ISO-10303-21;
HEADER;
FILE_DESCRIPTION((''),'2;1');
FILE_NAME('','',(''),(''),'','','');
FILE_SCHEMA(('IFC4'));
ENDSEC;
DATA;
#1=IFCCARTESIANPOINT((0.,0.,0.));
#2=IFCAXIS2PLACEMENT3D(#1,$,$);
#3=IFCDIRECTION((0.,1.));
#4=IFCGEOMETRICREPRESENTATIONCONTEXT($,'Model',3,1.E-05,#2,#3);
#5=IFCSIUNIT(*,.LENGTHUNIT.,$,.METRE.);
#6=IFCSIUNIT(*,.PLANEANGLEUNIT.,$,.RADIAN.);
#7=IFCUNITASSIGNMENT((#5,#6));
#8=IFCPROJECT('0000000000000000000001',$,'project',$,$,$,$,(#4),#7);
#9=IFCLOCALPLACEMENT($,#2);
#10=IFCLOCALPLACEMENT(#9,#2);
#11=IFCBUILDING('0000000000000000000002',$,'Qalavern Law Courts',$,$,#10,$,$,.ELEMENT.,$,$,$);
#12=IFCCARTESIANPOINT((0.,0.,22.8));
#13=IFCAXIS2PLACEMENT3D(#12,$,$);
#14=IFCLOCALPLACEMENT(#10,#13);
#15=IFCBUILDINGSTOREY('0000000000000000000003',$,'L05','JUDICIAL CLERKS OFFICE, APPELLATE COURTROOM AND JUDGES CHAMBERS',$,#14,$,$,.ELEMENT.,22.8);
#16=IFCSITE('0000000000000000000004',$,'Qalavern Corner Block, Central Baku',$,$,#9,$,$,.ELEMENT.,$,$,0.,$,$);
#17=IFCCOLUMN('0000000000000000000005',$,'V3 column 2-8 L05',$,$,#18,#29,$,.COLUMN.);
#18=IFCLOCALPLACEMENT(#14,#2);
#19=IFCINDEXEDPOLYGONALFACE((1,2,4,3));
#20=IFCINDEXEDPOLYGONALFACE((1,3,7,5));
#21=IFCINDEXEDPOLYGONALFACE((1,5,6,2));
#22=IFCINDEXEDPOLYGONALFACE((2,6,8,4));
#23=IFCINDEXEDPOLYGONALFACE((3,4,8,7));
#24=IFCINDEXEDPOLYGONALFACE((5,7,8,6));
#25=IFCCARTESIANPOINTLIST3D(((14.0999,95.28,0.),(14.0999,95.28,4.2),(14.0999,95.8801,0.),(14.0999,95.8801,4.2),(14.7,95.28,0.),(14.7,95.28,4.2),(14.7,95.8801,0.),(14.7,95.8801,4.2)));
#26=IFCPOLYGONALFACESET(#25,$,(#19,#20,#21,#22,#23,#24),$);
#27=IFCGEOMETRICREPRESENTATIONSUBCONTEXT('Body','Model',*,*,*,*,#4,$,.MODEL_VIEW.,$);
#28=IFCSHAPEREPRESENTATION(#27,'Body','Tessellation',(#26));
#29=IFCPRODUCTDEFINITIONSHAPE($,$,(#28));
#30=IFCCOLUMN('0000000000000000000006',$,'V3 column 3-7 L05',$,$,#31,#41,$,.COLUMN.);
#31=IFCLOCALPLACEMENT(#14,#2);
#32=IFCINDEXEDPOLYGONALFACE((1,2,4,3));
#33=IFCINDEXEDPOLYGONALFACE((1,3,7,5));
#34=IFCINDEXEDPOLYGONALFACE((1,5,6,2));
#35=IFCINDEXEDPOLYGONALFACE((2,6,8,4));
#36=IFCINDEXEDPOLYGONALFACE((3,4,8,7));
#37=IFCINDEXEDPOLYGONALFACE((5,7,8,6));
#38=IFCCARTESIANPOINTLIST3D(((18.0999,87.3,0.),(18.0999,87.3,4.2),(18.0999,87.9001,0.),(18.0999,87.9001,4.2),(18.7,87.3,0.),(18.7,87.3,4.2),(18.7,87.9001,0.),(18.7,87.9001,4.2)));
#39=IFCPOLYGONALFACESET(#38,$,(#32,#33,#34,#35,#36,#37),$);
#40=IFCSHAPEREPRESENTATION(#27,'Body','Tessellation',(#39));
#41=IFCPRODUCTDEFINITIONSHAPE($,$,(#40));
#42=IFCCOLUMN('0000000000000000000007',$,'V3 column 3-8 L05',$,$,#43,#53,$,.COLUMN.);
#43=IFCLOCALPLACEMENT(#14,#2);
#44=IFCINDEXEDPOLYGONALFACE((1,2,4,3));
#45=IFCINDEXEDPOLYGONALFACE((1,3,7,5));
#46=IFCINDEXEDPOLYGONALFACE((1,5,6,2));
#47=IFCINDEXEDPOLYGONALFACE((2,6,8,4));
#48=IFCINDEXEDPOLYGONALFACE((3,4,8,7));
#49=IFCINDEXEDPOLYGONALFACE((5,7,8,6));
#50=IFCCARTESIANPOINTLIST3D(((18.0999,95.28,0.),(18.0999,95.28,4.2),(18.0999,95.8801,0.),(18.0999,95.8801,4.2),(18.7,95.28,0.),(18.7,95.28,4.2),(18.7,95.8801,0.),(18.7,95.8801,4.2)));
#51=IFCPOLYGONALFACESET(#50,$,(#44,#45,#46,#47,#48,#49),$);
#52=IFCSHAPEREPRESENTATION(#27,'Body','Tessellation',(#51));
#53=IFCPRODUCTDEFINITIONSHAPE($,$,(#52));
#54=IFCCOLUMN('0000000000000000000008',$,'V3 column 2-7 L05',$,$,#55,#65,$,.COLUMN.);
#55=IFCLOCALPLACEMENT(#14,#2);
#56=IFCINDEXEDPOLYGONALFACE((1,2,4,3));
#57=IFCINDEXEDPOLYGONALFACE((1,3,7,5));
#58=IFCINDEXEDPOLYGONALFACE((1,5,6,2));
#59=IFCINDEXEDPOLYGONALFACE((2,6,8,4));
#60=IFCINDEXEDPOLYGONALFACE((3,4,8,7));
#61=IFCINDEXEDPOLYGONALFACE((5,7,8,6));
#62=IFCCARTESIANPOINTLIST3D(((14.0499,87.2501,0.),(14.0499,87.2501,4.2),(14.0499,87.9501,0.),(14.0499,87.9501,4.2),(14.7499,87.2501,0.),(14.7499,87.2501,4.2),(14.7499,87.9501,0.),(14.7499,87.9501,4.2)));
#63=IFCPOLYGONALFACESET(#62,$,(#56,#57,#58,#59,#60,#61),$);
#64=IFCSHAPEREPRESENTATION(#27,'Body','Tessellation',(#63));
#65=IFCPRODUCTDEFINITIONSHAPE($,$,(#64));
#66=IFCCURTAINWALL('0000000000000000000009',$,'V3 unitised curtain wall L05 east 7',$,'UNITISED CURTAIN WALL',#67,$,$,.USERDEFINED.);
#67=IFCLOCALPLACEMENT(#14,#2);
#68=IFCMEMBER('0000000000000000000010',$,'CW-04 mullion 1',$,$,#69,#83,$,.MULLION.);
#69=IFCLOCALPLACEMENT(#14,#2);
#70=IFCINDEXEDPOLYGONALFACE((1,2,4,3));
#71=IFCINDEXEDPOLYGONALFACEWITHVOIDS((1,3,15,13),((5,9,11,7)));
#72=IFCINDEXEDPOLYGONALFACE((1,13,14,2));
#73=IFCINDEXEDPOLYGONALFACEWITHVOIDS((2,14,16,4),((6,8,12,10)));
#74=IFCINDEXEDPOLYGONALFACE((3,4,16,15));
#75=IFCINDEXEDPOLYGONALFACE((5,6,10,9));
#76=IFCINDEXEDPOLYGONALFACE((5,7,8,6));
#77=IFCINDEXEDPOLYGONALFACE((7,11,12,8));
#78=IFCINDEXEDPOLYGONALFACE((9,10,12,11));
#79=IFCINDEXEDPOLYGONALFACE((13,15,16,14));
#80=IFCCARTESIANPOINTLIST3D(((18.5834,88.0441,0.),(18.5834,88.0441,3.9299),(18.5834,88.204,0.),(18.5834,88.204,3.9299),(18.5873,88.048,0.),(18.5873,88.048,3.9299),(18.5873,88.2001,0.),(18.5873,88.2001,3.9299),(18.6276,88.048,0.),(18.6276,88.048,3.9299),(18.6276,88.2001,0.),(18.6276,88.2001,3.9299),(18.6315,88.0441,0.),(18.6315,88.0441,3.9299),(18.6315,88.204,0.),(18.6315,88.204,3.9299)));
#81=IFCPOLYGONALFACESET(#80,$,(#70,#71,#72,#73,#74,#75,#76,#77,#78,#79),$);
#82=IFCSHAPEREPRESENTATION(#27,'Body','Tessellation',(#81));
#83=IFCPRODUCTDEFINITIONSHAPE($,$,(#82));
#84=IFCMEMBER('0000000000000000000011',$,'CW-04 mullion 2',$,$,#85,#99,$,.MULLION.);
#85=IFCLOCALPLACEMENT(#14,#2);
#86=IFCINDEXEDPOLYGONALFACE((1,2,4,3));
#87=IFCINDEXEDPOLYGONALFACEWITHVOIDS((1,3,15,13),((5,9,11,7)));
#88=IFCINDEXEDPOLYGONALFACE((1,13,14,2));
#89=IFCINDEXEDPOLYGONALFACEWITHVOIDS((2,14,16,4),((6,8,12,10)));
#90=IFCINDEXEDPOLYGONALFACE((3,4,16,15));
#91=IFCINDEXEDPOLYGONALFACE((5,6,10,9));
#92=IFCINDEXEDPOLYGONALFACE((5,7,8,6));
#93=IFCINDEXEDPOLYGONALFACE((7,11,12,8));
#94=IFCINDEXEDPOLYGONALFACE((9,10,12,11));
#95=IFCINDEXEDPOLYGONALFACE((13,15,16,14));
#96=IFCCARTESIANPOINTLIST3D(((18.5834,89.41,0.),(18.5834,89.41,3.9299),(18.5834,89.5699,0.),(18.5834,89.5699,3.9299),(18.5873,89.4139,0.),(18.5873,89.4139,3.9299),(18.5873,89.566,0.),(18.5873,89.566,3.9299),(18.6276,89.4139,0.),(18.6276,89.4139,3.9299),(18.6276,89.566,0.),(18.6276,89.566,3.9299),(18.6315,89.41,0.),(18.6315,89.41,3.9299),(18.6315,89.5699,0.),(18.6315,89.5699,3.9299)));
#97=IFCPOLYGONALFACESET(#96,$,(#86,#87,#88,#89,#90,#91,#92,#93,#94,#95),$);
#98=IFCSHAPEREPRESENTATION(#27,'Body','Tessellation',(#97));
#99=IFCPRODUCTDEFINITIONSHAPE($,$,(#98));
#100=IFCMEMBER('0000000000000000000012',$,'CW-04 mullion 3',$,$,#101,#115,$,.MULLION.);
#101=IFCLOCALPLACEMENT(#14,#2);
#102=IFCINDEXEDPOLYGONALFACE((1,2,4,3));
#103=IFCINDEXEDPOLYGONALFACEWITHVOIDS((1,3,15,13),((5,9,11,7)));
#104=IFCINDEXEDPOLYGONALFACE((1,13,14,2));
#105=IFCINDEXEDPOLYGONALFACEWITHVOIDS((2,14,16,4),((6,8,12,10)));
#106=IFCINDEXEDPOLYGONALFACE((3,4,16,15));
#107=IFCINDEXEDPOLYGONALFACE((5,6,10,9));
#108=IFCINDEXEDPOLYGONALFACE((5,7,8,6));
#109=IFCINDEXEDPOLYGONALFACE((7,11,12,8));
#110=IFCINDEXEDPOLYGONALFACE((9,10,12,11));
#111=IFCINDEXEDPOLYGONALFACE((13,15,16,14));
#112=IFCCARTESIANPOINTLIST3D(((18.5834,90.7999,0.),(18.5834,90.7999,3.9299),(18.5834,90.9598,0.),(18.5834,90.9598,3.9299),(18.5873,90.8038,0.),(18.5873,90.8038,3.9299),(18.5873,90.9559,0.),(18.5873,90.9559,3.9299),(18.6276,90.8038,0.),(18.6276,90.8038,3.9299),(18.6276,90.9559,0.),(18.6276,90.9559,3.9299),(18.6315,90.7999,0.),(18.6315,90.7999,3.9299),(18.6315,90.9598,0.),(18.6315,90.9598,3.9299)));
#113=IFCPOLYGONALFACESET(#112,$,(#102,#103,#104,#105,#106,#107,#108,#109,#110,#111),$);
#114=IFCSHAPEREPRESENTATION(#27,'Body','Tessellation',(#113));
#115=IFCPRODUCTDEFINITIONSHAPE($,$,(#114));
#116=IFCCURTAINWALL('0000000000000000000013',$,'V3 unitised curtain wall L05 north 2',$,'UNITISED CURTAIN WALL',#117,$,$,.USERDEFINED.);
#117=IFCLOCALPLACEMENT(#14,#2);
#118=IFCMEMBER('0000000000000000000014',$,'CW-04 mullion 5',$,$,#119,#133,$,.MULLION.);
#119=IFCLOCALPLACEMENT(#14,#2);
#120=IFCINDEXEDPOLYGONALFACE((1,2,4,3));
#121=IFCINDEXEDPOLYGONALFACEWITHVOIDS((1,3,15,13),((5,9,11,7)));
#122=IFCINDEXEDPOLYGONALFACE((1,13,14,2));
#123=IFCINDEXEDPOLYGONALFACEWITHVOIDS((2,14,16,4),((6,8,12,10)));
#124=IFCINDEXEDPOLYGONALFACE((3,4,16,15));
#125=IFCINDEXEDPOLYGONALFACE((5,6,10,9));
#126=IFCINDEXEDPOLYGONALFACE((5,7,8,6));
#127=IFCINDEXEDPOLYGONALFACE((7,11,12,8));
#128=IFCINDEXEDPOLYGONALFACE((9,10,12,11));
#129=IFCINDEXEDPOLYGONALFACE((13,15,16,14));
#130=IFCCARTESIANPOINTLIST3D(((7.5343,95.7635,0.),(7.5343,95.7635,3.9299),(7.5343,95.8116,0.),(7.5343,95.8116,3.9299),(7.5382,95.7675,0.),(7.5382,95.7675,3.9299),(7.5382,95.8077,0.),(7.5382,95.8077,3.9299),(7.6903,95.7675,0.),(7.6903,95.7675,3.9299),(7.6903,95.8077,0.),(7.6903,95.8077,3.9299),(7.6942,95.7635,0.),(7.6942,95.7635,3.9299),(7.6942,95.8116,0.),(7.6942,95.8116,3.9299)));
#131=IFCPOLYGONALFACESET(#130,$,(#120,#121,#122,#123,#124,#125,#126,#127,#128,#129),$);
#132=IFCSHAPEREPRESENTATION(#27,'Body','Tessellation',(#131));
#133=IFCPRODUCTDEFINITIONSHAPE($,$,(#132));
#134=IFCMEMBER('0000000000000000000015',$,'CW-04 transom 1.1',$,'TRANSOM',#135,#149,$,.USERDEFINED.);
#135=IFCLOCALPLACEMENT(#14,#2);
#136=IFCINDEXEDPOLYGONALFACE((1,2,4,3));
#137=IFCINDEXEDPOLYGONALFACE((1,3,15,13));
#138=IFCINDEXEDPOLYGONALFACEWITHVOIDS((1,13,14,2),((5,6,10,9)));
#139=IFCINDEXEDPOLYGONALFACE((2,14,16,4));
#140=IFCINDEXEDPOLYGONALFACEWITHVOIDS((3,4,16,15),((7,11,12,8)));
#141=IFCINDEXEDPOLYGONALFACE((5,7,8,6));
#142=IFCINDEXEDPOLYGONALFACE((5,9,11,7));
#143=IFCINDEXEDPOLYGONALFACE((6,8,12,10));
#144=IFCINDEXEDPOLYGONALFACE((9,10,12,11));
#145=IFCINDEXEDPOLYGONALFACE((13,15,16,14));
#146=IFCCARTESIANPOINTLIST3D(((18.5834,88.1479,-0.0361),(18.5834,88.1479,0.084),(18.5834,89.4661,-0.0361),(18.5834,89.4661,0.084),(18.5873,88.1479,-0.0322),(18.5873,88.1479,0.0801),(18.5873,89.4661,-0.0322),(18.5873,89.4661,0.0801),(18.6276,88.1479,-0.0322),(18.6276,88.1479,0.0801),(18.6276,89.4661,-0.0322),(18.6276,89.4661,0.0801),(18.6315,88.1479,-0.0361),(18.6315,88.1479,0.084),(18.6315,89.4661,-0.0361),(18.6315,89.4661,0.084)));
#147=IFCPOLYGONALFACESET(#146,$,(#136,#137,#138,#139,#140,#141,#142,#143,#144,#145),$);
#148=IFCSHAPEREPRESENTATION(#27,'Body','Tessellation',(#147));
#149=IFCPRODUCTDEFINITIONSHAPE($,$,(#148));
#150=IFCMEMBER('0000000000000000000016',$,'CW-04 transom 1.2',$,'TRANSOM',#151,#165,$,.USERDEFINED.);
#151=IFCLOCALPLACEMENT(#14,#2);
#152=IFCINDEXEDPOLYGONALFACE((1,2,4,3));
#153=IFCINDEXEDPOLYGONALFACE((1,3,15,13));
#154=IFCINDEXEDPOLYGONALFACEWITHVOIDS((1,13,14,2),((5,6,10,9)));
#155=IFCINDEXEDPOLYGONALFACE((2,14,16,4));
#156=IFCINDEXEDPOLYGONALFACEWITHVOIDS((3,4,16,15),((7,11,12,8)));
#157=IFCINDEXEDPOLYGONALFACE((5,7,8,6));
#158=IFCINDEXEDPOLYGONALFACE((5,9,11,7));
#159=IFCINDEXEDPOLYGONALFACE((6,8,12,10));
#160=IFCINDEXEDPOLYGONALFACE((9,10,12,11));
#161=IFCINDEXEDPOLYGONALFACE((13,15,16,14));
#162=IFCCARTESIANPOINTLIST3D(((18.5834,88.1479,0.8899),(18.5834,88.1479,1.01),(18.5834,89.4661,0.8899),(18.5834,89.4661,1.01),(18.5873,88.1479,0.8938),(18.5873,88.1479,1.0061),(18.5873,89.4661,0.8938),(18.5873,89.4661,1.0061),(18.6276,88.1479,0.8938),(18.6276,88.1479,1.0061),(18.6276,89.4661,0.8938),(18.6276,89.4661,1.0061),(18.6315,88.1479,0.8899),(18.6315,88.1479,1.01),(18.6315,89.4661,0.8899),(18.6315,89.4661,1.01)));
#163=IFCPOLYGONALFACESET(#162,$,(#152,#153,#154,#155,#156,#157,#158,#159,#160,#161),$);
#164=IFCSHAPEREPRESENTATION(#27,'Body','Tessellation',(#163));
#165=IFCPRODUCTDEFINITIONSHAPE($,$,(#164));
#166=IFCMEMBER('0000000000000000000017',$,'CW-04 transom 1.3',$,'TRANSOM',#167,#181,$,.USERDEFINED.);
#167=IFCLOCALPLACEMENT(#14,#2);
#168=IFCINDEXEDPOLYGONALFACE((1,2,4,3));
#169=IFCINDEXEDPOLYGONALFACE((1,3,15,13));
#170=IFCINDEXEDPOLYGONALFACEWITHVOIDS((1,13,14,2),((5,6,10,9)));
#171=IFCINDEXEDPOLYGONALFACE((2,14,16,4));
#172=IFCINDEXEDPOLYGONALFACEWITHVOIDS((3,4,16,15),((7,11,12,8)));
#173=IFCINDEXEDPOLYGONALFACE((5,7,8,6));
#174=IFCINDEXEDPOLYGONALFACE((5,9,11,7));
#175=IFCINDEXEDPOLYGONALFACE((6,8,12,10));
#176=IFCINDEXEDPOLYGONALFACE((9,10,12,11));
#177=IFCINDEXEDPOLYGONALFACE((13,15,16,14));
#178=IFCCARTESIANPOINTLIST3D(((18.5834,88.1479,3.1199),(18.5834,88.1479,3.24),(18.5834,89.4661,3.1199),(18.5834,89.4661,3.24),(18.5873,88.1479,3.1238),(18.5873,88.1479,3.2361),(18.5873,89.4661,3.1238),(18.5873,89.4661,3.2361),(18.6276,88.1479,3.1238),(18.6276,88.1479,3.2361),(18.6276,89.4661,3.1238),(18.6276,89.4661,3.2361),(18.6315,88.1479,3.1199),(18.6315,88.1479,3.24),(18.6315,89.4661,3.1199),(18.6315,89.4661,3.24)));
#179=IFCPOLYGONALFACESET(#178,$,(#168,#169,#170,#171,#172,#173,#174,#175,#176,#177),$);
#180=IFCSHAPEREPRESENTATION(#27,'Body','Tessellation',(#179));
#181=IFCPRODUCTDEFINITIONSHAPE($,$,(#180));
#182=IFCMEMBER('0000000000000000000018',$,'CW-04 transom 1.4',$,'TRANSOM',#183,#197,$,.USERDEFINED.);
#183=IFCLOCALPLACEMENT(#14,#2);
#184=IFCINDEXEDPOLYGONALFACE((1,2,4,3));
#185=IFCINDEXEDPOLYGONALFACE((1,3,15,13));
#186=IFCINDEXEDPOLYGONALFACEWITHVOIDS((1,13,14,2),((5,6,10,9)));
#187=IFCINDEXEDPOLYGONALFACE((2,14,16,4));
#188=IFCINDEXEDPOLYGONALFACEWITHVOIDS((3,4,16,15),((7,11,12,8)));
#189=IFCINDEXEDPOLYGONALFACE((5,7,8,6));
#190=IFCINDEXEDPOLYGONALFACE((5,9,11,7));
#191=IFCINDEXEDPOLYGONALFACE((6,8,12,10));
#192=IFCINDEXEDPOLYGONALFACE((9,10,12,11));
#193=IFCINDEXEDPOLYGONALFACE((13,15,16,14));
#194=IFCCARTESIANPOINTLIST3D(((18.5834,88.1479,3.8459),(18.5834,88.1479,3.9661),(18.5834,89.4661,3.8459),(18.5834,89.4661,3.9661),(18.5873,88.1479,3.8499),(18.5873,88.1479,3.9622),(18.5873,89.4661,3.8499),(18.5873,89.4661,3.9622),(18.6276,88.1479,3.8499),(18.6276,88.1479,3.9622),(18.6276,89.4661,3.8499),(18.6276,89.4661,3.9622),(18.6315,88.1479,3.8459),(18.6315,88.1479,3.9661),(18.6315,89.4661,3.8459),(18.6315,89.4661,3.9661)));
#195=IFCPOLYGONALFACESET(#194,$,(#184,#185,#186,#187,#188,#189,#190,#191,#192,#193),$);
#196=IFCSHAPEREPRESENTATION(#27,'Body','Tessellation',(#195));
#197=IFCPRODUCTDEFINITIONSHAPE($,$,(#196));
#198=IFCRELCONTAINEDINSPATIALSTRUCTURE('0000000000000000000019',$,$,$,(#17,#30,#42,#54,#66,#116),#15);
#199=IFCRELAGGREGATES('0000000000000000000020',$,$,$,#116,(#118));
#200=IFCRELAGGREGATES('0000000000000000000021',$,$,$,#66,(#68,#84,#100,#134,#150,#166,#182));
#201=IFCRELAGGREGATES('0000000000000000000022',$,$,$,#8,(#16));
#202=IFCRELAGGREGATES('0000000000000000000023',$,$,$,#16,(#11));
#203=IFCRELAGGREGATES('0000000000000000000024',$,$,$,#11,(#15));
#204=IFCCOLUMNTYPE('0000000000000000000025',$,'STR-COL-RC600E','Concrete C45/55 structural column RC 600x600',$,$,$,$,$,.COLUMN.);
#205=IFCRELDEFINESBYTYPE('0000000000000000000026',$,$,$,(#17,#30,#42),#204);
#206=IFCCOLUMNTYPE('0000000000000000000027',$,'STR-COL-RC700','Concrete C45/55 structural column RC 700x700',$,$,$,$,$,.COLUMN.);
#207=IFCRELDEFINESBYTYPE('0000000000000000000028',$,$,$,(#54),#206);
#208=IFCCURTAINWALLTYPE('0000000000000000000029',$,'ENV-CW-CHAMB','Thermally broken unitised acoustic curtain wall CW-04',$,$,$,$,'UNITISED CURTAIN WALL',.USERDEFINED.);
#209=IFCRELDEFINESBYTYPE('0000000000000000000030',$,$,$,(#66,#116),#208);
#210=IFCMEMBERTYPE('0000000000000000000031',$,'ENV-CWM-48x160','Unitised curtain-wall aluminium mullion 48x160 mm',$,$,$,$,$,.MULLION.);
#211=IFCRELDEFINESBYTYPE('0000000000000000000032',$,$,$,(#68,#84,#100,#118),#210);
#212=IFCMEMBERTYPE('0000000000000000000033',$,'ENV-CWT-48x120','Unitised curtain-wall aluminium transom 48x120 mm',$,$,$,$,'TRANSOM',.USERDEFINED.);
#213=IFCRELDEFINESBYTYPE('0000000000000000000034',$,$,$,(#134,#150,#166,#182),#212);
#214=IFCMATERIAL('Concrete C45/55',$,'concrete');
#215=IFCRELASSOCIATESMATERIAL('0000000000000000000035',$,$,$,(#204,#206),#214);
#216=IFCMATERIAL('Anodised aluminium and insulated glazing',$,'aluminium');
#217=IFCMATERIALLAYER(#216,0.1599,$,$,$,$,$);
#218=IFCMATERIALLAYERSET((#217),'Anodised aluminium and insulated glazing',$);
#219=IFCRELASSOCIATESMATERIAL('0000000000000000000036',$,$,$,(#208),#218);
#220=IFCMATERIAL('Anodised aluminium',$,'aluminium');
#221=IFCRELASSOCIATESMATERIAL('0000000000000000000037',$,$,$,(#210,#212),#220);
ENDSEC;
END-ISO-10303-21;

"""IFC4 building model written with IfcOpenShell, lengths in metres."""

from ifc_helpers import new_model, si_unit, direction, frame, origin, origin_2d, place, context, subcontext, project, spatial, rectangle, hollow_rectangle, extrude, material, layer, layer_set, material_profile, profile_set, type_object, element, aggregate, save


model = new_model("IFC4")

# Units and contexts
model_context = context("Model", 3, precision=1e-05, world=origin(), true_north=direction((0.0, 1.0)))
body_context = subcontext(model_context, "Body", "Model", "MODEL_VIEW")
ifc_project = project(units=[si_unit("LENGTHUNIT", "METRE"), si_unit("PLANEANGLEUNIT", "RADIAN")], contexts=[model_context])

# Site, building, storey
site_placement = place(None, origin())
site = spatial("IfcSite", under=ifc_project, at=site_placement, Name="Qalavern Corner Block, Central Baku", CompositionType="ELEMENT", RefElevation=0.0)
building_placement = place(site_placement, origin())
building = spatial("IfcBuilding", under=site, at=building_placement, Name="Qalavern Law Courts", CompositionType="ELEMENT")
storey_placement = place(building_placement, frame((0.0, 0.0, 22.8)))
storey = spatial("IfcBuildingStorey", under=building, at=storey_placement, Name="L05", Description="JUDICIAL CLERKS OFFICE, APPELLATE COURTROOM AND JUDGES CHAMBERS", CompositionType="ELEMENT", Elevation=22.8)

# Columns
ifc_material_1 = material(Name="Concrete C45/55", Category="concrete")
ifc_material_profile_1 = material_profile(ifc_material_1, rectangle(XDim=0.6001, YDim=0.6001, at=origin_2d()), Name="RC 600x600")
ifc_profile_set_1 = profile_set([ifc_material_profile_1], Name="Concrete C45/55")
column_type_1 = type_object("IfcColumnType", Name="STR-COL-RC600E", Description="Concrete C45/55 structural column RC 600x600", PredefinedType="COLUMN", material=ifc_profile_set_1)
for number, where, z_axis, x_axis, name in (
    (1, (14.3999, 95.5801, 0.0), (0.0, 0.0, 1.0), (1.0, 0.0, 0.0), "V3 column 2-8 L05"),
    (2, (18.3999, 87.6001, 0.0), (0.0, 0.0, 1.0), (1.0, 0.0, 0.0), "V3 column 3-7 L05"),
    (3, (18.3999, 95.5801, 0.0), (0.0, 0.0, 1.0), (1.0, 0.0, 0.0), "V3 column 3-8 L05"),
):
    element("IfcColumn", number, at=place(storey_placement, frame(where, z_axis=z_axis, x_axis=x_axis)), inside=storey, type_object=column_type_1, Name=name, PredefinedType="COLUMN", context=body_context, shape_type="SweptSolid", body=[
        extrude(rectangle(XDim=0.6001, YDim=0.6001, at=origin_2d()), origin(), (0.0, 0.0, 1.0), 4.2),
    ])
ifc_material_profile_2 = material_profile(ifc_material_1, rectangle(XDim=0.7, YDim=0.7, at=origin_2d()), Name="RC 700x700")
ifc_profile_set_2 = profile_set([ifc_material_profile_2], Name="Concrete C45/55")
column_type_2 = type_object("IfcColumnType", Name="STR-COL-RC700", Description="Concrete C45/55 structural column RC 700x700", PredefinedType="COLUMN", material=ifc_profile_set_2)
column_placement = place(storey_placement, frame((14.3999, 87.6001, 0.0), z_axis=(0.0, 0.0, 1.0), x_axis=(1.0, 0.0, 0.0)))
element("IfcColumn", 4, at=column_placement, inside=storey, type_object=column_type_2, Name="V3 column 2-7 L05", PredefinedType="COLUMN", context=body_context, shape_type="SweptSolid", body=[
    extrude(rectangle(XDim=0.7, YDim=0.7, at=origin_2d()), origin(), (0.0, 0.0, 1.0), 4.2),
])

# Curtain wall, members
ifc_material_2 = material(Name="Anodised aluminium and insulated glazing", Category="aluminium")
ifc_layer_1 = layer(ifc_material_2, 0.1599)
ifc_layer_set_1 = layer_set([ifc_layer_1], Name="Anodised aluminium and insulated glazing")
curtain_wall_type = type_object("IfcCurtainWallType", Name="ENV-CW-CHAMB", Description="Thermally broken unitised acoustic curtain wall CW-04", ElementType="UNITISED CURTAIN WALL", PredefinedType="USERDEFINED", material=ifc_layer_set_1)
curtain_wall_1_placement = place(storey_placement, origin())
curtain_wall_1 = element("IfcCurtainWall", 5, at=curtain_wall_1_placement, inside=storey, type_object=curtain_wall_type, Name="V3 unitised curtain wall L05 east 7", ObjectType="UNITISED CURTAIN WALL", PredefinedType="USERDEFINED")
ifc_material_3 = material(Name="Anodised aluminium", Category="aluminium")
ifc_material_profile_3 = material_profile(ifc_material_3, hollow_rectangle(XDim=0.0481, YDim=0.1599, WallThickness=0.0039, at=origin_2d()), Name="ALU MULLION 48x160")
ifc_profile_set_3 = profile_set([ifc_material_profile_3], Name="Anodised aluminium")
member_type_1 = type_object("IfcMemberType", Name="ENV-CWM-48x160", Description="Unitised curtain-wall aluminium mullion 48x160 mm", PredefinedType="MULLION", material=ifc_profile_set_3)
member_1_placement = place(storey_placement, frame((18.6074, 88.124, 0.0), z_axis=(0.0, 0.0, 1.0), x_axis=(-1.0, 0.0, 0.0)))
member_1 = element("IfcMember", 6, at=member_1_placement, type_object=member_type_1, Name="CW-04 mullion 1", PredefinedType="MULLION", context=body_context, shape_type="SweptSolid", body=[
    extrude(hollow_rectangle(XDim=0.0481, YDim=0.1599, WallThickness=0.0039, at=origin_2d()), origin(), (0.0, 0.0, 1.0), 3.9299),
])
member_2_placement = place(storey_placement, frame((18.6074, 89.49, 0.0), z_axis=(0.0, 0.0, 1.0), x_axis=(-1.0, 0.0, 0.0)))
member_2 = element("IfcMember", 7, at=member_2_placement, type_object=member_type_1, Name="CW-04 mullion 2", PredefinedType="MULLION", context=body_context, shape_type="SweptSolid", body=[
    extrude(hollow_rectangle(XDim=0.0481, YDim=0.1599, WallThickness=0.0039, at=origin_2d()), origin(), (0.0, 0.0, 1.0), 3.9299),
])
member_3_placement = place(storey_placement, frame((18.6074, 90.8799, 0.0), z_axis=(0.0, 0.0, 1.0), x_axis=(-1.0, 0.0, 0.0)))
member_3 = element("IfcMember", 8, at=member_3_placement, type_object=member_type_1, Name="CW-04 mullion 3", PredefinedType="MULLION", context=body_context, shape_type="SweptSolid", body=[
    extrude(hollow_rectangle(XDim=0.0481, YDim=0.1599, WallThickness=0.0039, at=origin_2d()), origin(), (0.0, 0.0, 1.0), 3.9299),
])

# Curtain wall, member
curtain_wall_2_placement = place(storey_placement, origin())
curtain_wall_2 = element("IfcCurtainWall", 9, at=curtain_wall_2_placement, inside=storey, type_object=curtain_wall_type, Name="V3 unitised curtain wall L05 north 2", ObjectType="UNITISED CURTAIN WALL", PredefinedType="USERDEFINED")
member_4_placement = place(storey_placement, frame((7.6143, 95.7876, 0.0), z_axis=(0.0, 0.0, 1.0), x_axis=(0.0, -1.0, 0.0)))
member_4 = element("IfcMember", 10, at=member_4_placement, type_object=member_type_1, Name="CW-04 mullion 5", PredefinedType="MULLION", context=body_context, shape_type="SweptSolid", body=[
    extrude(hollow_rectangle(XDim=0.0481, YDim=0.1599, WallThickness=0.0039, at=origin_2d()), origin(), (0.0, 0.0, 1.0), 3.9299),
])

# Members
ifc_material_profile_4 = material_profile(ifc_material_3, hollow_rectangle(XDim=0.0481, YDim=0.1201, WallThickness=0.0039, at=origin_2d()), Name="ALU TRANSOM 48x120")
ifc_profile_set_4 = profile_set([ifc_material_profile_4], Name="Anodised aluminium")
member_type_2 = type_object("IfcMemberType", Name="ENV-CWT-48x120", Description="Unitised curtain-wall aluminium transom 48x120 mm", ElementType="TRANSOM", PredefinedType="USERDEFINED", material=ifc_profile_set_4)
member_5_placement = place(storey_placement, frame((18.6074, 88.1479, 0.0239), z_axis=(0.0, 1.0, 0.0), x_axis=(-1.0, 0.0, 0.0)))
member_5 = element("IfcMember", 11, at=member_5_placement, type_object=member_type_2, Name="CW-04 transom 1.1", ObjectType="TRANSOM", PredefinedType="USERDEFINED", context=body_context, shape_type="SweptSolid", body=[
    extrude(hollow_rectangle(XDim=0.0481, YDim=0.1201, WallThickness=0.0039, at=origin_2d()), origin(), (0.0, 0.0, 1.0), 1.3181),
])
member_6_placement = place(storey_placement, frame((18.6074, 88.1479, 0.95), z_axis=(0.0, 1.0, 0.0), x_axis=(-1.0, 0.0, 0.0)))
member_6 = element("IfcMember", 12, at=member_6_placement, type_object=member_type_2, Name="CW-04 transom 1.2", ObjectType="TRANSOM", PredefinedType="USERDEFINED", context=body_context, shape_type="SweptSolid", body=[
    extrude(hollow_rectangle(XDim=0.0481, YDim=0.1201, WallThickness=0.0039, at=origin_2d()), origin(), (0.0, 0.0, 1.0), 1.3181),
])
member_7_placement = place(storey_placement, frame((18.6074, 88.1479, 3.1799), z_axis=(0.0, 1.0, 0.0), x_axis=(-1.0, 0.0, 0.0)))
member_7 = element("IfcMember", 13, at=member_7_placement, type_object=member_type_2, Name="CW-04 transom 1.3", ObjectType="TRANSOM", PredefinedType="USERDEFINED", context=body_context, shape_type="SweptSolid", body=[
    extrude(hollow_rectangle(XDim=0.0481, YDim=0.1201, WallThickness=0.0039, at=origin_2d()), origin(), (0.0, 0.0, 1.0), 1.3181),
])
member_8_placement = place(storey_placement, frame((18.6074, 88.1479, 3.906), z_axis=(0.0, 1.0, 0.0), x_axis=(-1.0, 0.0, 0.0)))
member_8 = element("IfcMember", 14, at=member_8_placement, type_object=member_type_2, Name="CW-04 transom 1.4", ObjectType="TRANSOM", PredefinedType="USERDEFINED", context=body_context, shape_type="SweptSolid", body=[
    extrude(hollow_rectangle(XDim=0.0481, YDim=0.1201, WallThickness=0.0039, at=origin_2d()), origin(), (0.0, 0.0, 1.0), 1.3181),
])

aggregate(curtain_wall_2, [member_4])
aggregate(curtain_wall_1, [member_1, member_2, member_3, member_5, member_6, member_7, member_8])

save(model, "model.ifc")
